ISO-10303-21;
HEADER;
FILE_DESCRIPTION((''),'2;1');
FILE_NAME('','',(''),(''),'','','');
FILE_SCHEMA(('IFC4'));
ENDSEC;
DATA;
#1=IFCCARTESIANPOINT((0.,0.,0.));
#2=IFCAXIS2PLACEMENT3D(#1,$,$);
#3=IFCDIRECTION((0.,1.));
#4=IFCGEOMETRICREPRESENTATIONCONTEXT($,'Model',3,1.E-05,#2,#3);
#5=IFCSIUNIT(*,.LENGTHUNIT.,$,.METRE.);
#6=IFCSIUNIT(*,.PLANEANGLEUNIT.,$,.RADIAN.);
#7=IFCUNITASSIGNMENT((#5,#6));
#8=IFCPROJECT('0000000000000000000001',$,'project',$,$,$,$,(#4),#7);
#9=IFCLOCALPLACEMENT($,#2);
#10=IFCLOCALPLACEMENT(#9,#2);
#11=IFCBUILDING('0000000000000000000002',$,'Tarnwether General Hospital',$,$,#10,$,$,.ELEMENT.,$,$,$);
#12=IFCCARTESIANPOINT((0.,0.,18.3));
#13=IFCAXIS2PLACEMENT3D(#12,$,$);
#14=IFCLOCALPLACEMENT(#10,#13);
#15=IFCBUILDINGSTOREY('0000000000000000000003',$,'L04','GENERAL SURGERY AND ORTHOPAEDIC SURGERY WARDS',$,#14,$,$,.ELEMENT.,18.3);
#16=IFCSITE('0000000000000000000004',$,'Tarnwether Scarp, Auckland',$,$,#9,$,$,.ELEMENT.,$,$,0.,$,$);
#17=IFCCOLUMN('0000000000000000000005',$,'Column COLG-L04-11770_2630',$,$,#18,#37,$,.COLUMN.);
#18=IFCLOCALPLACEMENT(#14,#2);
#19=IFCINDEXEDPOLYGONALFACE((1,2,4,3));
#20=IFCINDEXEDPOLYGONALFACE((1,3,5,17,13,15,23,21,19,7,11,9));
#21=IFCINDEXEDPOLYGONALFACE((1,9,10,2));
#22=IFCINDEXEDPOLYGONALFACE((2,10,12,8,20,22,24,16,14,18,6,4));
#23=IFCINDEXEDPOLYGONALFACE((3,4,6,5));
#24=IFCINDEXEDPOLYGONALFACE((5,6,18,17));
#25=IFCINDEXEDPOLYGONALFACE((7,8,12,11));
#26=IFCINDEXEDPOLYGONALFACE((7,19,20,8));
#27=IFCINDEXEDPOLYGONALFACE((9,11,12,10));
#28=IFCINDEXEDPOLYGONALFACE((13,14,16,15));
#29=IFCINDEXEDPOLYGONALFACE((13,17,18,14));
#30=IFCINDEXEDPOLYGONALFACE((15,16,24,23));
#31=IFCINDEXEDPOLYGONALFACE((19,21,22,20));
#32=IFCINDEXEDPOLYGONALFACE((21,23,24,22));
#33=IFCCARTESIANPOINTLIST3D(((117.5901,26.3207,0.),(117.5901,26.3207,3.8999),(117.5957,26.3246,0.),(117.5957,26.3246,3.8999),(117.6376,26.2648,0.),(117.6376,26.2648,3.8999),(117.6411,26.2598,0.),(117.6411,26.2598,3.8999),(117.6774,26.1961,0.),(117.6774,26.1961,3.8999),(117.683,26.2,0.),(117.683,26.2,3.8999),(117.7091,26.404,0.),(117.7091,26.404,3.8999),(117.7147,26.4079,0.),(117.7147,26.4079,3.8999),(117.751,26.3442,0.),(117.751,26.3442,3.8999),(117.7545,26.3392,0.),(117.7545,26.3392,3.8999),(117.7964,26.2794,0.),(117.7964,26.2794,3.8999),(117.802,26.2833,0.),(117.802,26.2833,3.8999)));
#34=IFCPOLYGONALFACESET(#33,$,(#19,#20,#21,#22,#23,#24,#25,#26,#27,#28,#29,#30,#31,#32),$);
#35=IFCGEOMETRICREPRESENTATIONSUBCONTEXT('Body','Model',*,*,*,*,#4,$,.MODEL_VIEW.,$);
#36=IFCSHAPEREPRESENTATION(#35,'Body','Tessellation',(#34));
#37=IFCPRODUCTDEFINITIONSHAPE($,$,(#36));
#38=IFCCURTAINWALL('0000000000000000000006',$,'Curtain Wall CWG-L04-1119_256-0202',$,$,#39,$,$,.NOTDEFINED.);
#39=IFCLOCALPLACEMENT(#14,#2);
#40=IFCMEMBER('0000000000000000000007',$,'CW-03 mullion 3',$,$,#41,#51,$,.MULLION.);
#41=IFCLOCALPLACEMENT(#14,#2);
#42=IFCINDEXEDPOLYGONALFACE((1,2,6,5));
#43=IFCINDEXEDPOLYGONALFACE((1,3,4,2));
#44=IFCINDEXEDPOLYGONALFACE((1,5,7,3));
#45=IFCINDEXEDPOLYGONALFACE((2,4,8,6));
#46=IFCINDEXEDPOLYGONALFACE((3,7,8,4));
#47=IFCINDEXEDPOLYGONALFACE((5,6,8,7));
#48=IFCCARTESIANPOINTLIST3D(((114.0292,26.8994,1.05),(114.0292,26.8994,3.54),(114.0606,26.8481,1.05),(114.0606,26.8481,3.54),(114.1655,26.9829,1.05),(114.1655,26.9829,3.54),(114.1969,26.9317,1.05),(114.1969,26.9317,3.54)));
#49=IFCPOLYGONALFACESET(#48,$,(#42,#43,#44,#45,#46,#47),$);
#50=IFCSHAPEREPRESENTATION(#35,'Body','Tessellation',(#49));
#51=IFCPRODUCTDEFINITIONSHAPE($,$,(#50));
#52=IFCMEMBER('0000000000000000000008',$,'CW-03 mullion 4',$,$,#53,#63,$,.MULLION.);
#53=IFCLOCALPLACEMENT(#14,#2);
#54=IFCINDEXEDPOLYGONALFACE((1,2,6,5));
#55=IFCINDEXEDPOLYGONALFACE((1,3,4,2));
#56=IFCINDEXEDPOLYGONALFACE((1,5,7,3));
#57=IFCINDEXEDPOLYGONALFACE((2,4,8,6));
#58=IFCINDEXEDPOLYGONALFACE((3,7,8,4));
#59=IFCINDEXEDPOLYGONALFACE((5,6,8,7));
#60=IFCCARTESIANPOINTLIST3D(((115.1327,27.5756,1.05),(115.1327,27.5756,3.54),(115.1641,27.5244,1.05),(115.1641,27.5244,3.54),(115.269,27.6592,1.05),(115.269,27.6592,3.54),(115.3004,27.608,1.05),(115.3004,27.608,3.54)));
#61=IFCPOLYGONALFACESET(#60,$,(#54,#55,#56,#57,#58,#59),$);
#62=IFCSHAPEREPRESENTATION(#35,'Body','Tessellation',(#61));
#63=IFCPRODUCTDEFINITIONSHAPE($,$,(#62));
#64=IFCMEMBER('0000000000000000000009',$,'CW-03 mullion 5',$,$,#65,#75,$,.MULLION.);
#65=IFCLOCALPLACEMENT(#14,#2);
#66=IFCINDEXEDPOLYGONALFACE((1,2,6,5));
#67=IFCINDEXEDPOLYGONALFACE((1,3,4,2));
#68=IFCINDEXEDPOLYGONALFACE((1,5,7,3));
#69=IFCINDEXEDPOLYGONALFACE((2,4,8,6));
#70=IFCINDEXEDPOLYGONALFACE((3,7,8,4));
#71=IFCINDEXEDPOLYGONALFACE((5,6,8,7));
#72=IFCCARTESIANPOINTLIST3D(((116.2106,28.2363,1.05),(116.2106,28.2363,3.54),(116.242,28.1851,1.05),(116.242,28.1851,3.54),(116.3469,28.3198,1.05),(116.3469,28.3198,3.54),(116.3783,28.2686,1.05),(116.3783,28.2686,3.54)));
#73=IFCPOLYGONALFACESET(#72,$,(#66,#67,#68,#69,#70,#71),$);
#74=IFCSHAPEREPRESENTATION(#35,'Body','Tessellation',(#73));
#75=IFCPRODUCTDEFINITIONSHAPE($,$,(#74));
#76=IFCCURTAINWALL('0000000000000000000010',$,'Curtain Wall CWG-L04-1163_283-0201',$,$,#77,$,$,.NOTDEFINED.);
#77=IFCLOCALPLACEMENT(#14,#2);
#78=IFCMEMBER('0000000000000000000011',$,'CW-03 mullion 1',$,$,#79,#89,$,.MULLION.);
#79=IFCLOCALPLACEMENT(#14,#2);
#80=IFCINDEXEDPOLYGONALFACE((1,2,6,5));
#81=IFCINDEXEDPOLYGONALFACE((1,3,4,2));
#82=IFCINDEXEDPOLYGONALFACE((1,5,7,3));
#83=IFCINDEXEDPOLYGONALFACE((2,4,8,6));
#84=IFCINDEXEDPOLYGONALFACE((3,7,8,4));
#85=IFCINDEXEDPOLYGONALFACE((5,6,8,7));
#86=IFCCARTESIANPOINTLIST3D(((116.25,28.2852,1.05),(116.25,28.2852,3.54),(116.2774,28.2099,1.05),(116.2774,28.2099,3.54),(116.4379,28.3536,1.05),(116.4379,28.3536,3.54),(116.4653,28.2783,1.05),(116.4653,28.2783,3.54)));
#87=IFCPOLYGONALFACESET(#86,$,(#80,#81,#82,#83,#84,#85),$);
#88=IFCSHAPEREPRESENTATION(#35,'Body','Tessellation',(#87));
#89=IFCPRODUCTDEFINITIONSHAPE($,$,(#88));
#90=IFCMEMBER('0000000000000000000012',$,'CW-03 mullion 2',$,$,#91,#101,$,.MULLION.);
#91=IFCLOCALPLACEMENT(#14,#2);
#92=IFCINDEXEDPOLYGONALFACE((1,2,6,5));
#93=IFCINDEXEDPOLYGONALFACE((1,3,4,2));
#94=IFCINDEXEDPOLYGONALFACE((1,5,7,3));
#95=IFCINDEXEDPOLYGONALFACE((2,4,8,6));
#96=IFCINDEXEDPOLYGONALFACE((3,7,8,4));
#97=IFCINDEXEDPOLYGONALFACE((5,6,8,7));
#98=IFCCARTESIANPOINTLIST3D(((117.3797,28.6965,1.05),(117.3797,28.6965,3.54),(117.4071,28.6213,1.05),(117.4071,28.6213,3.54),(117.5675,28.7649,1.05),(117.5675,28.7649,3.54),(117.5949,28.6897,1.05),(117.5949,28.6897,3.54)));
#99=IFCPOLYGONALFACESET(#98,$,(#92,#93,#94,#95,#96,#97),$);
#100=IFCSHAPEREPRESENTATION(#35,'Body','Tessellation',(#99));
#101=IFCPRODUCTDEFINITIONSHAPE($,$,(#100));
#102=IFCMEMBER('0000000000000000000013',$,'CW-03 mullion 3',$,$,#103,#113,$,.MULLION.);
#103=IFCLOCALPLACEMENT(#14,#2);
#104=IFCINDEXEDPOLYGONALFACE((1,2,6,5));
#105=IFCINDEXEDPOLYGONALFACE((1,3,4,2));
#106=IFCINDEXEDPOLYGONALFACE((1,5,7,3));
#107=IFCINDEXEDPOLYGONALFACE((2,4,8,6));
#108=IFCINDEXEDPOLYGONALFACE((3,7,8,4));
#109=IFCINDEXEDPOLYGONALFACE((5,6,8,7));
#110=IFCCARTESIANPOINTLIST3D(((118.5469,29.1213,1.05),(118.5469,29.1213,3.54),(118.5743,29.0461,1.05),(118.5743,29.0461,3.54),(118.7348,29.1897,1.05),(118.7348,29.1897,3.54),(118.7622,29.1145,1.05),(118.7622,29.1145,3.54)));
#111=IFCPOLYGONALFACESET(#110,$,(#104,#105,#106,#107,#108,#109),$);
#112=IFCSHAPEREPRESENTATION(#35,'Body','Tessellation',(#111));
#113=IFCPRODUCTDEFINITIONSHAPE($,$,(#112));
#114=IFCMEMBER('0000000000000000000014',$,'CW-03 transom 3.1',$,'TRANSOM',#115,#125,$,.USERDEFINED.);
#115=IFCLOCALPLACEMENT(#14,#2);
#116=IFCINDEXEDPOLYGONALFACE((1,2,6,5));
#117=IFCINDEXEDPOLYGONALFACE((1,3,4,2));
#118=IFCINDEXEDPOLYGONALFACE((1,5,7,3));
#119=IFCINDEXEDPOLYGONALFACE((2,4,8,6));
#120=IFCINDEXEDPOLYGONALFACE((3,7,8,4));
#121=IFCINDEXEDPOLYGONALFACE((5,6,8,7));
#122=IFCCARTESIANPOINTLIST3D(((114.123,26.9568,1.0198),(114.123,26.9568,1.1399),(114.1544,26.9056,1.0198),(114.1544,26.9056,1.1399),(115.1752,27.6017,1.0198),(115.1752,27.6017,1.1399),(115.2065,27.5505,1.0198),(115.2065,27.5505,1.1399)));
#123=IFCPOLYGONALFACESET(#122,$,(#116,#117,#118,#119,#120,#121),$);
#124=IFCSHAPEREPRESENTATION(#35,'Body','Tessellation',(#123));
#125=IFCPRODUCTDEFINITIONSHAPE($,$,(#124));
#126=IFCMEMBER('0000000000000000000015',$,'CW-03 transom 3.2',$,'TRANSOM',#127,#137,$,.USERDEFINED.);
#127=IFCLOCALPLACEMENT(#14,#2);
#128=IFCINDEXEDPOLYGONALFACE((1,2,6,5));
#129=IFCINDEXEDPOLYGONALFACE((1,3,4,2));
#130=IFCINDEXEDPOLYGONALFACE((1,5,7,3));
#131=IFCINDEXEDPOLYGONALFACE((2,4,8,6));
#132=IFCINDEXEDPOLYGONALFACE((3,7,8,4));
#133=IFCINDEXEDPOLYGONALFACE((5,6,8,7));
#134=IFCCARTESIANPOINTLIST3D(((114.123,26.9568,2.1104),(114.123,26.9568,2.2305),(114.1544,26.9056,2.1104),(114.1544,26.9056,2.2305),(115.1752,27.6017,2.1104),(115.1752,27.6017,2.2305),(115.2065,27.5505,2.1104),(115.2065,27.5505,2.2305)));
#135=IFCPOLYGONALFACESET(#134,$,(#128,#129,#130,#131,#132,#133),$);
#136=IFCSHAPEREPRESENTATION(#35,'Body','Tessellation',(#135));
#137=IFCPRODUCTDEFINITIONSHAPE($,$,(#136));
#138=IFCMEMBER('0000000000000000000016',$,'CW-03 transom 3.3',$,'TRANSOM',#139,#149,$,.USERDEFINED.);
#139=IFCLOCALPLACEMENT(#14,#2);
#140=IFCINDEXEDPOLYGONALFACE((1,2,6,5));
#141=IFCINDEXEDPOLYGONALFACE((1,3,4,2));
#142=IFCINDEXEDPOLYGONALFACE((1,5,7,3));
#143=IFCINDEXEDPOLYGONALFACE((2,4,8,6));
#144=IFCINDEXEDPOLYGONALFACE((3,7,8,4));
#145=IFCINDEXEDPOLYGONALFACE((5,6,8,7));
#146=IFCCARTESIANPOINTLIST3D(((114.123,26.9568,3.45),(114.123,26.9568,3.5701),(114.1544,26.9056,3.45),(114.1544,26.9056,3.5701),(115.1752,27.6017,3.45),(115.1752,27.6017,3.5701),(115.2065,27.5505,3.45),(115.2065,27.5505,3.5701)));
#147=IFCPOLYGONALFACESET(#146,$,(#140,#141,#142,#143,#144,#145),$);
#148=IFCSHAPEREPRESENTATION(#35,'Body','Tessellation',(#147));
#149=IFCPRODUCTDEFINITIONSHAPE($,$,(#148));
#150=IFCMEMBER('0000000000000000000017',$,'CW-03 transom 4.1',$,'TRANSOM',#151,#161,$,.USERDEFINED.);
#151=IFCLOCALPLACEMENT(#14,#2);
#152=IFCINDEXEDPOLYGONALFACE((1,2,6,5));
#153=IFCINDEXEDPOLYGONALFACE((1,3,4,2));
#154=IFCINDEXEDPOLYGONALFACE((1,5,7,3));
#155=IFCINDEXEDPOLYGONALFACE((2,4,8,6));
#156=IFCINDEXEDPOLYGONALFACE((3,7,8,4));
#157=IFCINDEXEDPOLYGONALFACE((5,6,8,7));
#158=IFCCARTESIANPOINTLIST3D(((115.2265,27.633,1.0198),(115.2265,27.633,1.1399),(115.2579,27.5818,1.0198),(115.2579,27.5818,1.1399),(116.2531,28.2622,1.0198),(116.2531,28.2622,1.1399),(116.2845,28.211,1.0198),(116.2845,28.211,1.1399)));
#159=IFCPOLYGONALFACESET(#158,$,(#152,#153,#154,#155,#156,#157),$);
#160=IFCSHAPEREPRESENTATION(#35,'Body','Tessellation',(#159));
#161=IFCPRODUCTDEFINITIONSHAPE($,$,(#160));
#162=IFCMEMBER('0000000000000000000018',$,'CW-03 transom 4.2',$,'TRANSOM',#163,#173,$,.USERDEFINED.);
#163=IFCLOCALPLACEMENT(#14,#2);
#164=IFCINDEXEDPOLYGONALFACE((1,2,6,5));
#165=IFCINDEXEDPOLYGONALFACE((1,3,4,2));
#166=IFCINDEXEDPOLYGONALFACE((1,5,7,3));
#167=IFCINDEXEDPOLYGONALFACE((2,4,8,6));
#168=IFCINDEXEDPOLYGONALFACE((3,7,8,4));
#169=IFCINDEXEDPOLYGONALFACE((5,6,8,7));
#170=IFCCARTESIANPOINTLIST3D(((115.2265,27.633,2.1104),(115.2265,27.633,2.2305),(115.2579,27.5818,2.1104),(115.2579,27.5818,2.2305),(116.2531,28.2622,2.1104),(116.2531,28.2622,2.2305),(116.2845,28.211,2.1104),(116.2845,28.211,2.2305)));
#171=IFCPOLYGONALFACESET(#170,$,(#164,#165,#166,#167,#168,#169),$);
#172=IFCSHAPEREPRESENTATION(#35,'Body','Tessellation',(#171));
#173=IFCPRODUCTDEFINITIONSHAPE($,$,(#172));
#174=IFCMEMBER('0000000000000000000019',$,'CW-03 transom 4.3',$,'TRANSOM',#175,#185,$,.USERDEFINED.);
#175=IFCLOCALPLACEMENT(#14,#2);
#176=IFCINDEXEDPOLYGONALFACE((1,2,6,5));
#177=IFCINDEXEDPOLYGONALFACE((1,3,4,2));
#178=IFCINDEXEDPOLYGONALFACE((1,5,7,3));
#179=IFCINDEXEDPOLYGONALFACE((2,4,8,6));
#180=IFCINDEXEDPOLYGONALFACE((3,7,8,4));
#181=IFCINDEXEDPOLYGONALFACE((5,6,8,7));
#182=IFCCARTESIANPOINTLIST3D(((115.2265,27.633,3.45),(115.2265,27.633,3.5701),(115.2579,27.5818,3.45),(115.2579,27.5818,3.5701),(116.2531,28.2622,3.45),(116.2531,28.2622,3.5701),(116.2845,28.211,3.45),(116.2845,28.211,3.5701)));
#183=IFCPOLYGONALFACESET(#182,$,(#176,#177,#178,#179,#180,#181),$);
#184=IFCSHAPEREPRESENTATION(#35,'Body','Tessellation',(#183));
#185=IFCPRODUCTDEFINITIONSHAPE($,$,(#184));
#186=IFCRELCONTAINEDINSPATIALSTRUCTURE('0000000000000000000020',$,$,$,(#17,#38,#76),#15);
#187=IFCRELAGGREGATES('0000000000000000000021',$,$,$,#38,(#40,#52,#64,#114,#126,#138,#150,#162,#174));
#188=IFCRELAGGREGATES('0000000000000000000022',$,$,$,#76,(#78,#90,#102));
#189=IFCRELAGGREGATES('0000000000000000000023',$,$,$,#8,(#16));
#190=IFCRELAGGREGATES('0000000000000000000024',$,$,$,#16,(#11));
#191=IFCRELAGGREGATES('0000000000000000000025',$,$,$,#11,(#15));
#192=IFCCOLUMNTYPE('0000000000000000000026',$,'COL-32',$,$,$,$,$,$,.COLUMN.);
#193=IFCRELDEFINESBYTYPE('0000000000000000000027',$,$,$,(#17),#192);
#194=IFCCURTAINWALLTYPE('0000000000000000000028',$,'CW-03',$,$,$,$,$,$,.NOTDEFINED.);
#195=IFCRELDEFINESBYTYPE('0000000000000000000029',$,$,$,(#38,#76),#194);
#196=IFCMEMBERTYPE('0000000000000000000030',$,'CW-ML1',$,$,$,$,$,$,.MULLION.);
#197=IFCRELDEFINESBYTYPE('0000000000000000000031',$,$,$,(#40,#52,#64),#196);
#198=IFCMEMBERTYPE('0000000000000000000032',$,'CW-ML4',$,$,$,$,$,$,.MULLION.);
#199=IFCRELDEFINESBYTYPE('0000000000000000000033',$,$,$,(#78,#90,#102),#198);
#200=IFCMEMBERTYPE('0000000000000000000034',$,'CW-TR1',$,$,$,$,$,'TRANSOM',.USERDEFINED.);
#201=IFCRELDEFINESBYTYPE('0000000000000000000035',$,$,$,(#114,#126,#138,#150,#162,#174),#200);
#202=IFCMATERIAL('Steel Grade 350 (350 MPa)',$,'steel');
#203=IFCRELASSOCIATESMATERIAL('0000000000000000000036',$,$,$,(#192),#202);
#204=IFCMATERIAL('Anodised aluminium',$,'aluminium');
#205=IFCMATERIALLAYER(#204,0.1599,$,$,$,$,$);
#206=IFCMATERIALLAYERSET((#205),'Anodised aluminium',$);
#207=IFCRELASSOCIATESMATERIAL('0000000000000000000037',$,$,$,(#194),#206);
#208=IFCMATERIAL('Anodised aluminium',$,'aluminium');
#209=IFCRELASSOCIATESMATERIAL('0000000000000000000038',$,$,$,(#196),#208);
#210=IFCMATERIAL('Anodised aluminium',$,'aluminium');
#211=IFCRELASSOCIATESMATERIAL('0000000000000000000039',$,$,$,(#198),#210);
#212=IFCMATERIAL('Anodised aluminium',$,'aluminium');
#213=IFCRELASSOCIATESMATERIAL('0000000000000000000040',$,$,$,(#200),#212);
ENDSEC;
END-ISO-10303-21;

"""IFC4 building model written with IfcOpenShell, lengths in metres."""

from ifc_helpers import new_model, si_unit, direction, frame, origin, origin_2d, place, context, subcontext, project, spatial, rectangle, i_section, extrude, material, layer, layer_set, material_profile, profile_set, type_object, element, aggregate, save


model = new_model("IFC4")

# Units and contexts
model_context = context("Model", 3, precision=1e-05, world=origin(), true_north=direction((0.0, 1.0)))
body_context = subcontext(model_context, "Body", "Model", "MODEL_VIEW")
ifc_project = project(units=[si_unit("LENGTHUNIT", "METRE"), si_unit("PLANEANGLEUNIT", "RADIAN")], contexts=[model_context])

# Site, building, storey
site_placement = place(None, origin())
site = spatial("IfcSite", under=ifc_project, at=site_placement, Name="Tarnwether Scarp, Auckland", CompositionType="ELEMENT", RefElevation=0.0)
building_placement = place(site_placement, origin())
building = spatial("IfcBuilding", under=site, at=building_placement, Name="Tarnwether General Hospital", CompositionType="ELEMENT")
storey_placement = place(building_placement, frame((0.0, 0.0, 18.3)))
storey = spatial("IfcBuildingStorey", under=building, at=storey_placement, Name="L04", Description="GENERAL SURGERY AND ORTHOPAEDIC SURGERY WARDS", CompositionType="ELEMENT", Elevation=18.3)

# Column
ifc_material_1 = material(Name="Steel Grade 350 (350 MPa)", Category="steel")
ifc_material_profile_1 = material_profile(ifc_material_1, i_section(OverallWidth=0.1521, OverallDepth=0.1521, WebThickness=0.0061, FlangeThickness=0.0068, at=origin_2d()), Name="150UC23.4")
ifc_profile_set_1 = profile_set([ifc_material_profile_1], Name="Steel Grade 350 (350 MPa)")
column_type = type_object("IfcColumnType", Name="COL-32", PredefinedType="COLUMN", material=ifc_profile_set_1)
column_placement = place(storey_placement, frame((117.696, 26.302, 0.0), z_axis=(0.0, 0.0, 1.0), x_axis=(-0.573576, 0.819152, 0.0)))
element("IfcColumn", 1, at=column_placement, inside=storey, type_object=column_type, Name="Column COLG-L04-11770_2630", PredefinedType="COLUMN", context=body_context, shape_type="SweptSolid", body=[
    extrude(i_section(OverallWidth=0.1521, OverallDepth=0.1521, WebThickness=0.0061, FlangeThickness=0.0068, at=origin_2d()), origin(), (0.0, 0.0, 1.0), 3.8999),
])

# Curtain walls, members
ifc_material_2 = material(Name="Anodised aluminium", Category="aluminium")
ifc_layer_1 = layer(ifc_material_2, 0.1599)
ifc_layer_set_1 = layer_set([ifc_layer_1], Name="Anodised aluminium")
curtain_wall_type = type_object("IfcCurtainWallType", Name="CW-03", PredefinedType="NOTDEFINED", material=ifc_layer_set_1)
curtain_wall_1_placement = place(storey_placement, origin())
curtain_wall_1 = element("IfcCurtainWall", 2, at=curtain_wall_1_placement, inside=storey, type_object=curtain_wall_type, Name="Curtain Wall CWG-L04-1119_256-0202", PredefinedType="NOTDEFINED")
ifc_material_3 = material(Name="Anodised aluminium", Category="aluminium")
ifc_material_profile_2 = material_profile(ifc_material_3, rectangle(XDim=0.0601, YDim=0.1599, at=origin_2d()), Name="ALU-MUL-60x160")
ifc_profile_set_2 = profile_set([ifc_material_profile_2], Name="Anodised aluminium")
member_type_1 = type_object("IfcMemberType", Name="CW-ML1", PredefinedType="MULLION", material=ifc_profile_set_2)
member_1_placement = place(storey_placement, frame((114.113, 26.9155, 1.05), z_axis=(0.0, 0.0, 1.0), x_axis=(-0.522512, 0.852632, 0.0)))
member_1 = element("IfcMember", 3, at=member_1_placement, type_object=member_type_1, Name="CW-03 mullion 3", PredefinedType="MULLION", context=body_context, shape_type="SweptSolid", body=[
    extrude(rectangle(XDim=0.0601, YDim=0.1599, at=origin_2d()), origin(), (0.0, 0.0, 1.0), 2.49),
])
member_2_placement = place(storey_placement, frame((115.2166, 27.5918, 1.05), z_axis=(0.0, 0.0, 1.0), x_axis=(-0.522512, 0.852632, 0.0)))
member_2 = element("IfcMember", 4, at=member_2_placement, type_object=member_type_1, Name="CW-03 mullion 4", PredefinedType="MULLION", context=body_context, shape_type="SweptSolid", body=[
    extrude(rectangle(XDim=0.0601, YDim=0.1599, at=origin_2d()), origin(), (0.0, 0.0, 1.0), 2.49),
])
member_3_placement = place(storey_placement, frame((116.2944, 28.2524, 1.05), z_axis=(0.0, 0.0, 1.0), x_axis=(-0.522512, 0.852632, 0.0)))
member_3 = element("IfcMember", 5, at=member_3_placement, type_object=member_type_1, Name="CW-03 mullion 5", PredefinedType="MULLION", context=body_context, shape_type="SweptSolid", body=[
    extrude(rectangle(XDim=0.0601, YDim=0.1599, at=origin_2d()), origin(), (0.0, 0.0, 1.0), 2.49),
])
curtain_wall_2_placement = place(storey_placement, origin())
curtain_wall_2 = element("IfcCurtainWall", 6, at=curtain_wall_2_placement, inside=storey, type_object=curtain_wall_type, Name="Curtain Wall CWG-L04-1163_283-0201", PredefinedType="NOTDEFINED")
ifc_material_4 = material(Name="Anodised aluminium", Category="aluminium")
ifc_material_profile_3 = material_profile(ifc_material_4, rectangle(XDim=0.0801, YDim=0.2, at=origin_2d()), Name="ALU-MUL-80x200")
ifc_profile_set_3 = profile_set([ifc_material_profile_3], Name="Anodised aluminium")
member_type_2 = type_object("IfcMemberType", Name="CW-ML4", PredefinedType="MULLION", material=ifc_profile_set_3)
member_4_placement = place(storey_placement, frame((116.3577, 28.2817, 1.05), z_axis=(0.0, 0.0, 1.0), x_axis=(-0.342131, 0.939652, 0.0)))
member_4 = element("IfcMember", 7, at=member_4_placement, type_object=member_type_2, Name="CW-03 mullion 1", PredefinedType="MULLION", context=body_context, shape_type="SweptSolid", body=[
    extrude(rectangle(XDim=0.0801, YDim=0.2, at=origin_2d()), origin(), (0.0, 0.0, 1.0), 2.49),
])
member_5_placement = place(storey_placement, frame((117.4873, 28.6931, 1.05), z_axis=(0.0, 0.0, 1.0), x_axis=(-0.342131, 0.939652, 0.0)))
member_5 = element("IfcMember", 8, at=member_5_placement, type_object=member_type_2, Name="CW-03 mullion 2", PredefinedType="MULLION", context=body_context, shape_type="SweptSolid", body=[
    extrude(rectangle(XDim=0.0801, YDim=0.2, at=origin_2d()), origin(), (0.0, 0.0, 1.0), 2.49),
])
member_6_placement = place(storey_placement, frame((118.6545, 29.1179, 1.05), z_axis=(0.0, 0.0, 1.0), x_axis=(-0.342131, 0.939652, 0.0)))
member_6 = element("IfcMember", 9, at=member_6_placement, type_object=member_type_2, Name="CW-03 mullion 3", PredefinedType="MULLION", context=body_context, shape_type="SweptSolid", body=[
    extrude(rectangle(XDim=0.0801, YDim=0.2, at=origin_2d()), origin(), (0.0, 0.0, 1.0), 2.49),
])

# Members
ifc_material_5 = material(Name="Anodised aluminium", Category="aluminium")
ifc_material_profile_4 = material_profile(ifc_material_5, rectangle(XDim=0.0601, YDim=0.1201, at=origin_2d()), Name="ALU-TRN-60x120")
ifc_profile_set_4 = profile_set([ifc_material_profile_4], Name="Anodised aluminium")
member_type_3 = type_object("IfcMemberType", Name="CW-TR1", ElementType="TRANSOM", PredefinedType="USERDEFINED", material=ifc_profile_set_4)
member_7_placement = place(storey_placement, frame((114.1387, 26.9312, 1.0798), z_axis=(0.852567, 0.522618, 0.0), x_axis=(-0.522618, 0.852567, 0.0)))
member_7 = element("IfcMember", 10, at=member_7_placement, type_object=member_type_3, Name="CW-03 transom 3.1", ObjectType="TRANSOM", PredefinedType="USERDEFINED", context=body_context, shape_type="SweptSolid", body=[
    extrude(rectangle(XDim=0.0601, YDim=0.1201, at=origin_2d()), origin(), (0.0, 0.0, 1.0), 1.2341),
])
member_8_placement = place(storey_placement, frame((114.1387, 26.9312, 2.1704), z_axis=(0.852567, 0.522618, 0.0), x_axis=(-0.522618, 0.852567, 0.0)))
member_8 = element("IfcMember", 11, at=member_8_placement, type_object=member_type_3, Name="CW-03 transom 3.2", ObjectType="TRANSOM", PredefinedType="USERDEFINED", context=body_context, shape_type="SweptSolid", body=[
    extrude(rectangle(XDim=0.0601, YDim=0.1201, at=origin_2d()), origin(), (0.0, 0.0, 1.0), 1.2341),
])
member_9_placement = place(storey_placement, frame((114.1387, 26.9312, 3.51), z_axis=(0.852567, 0.522618, 0.0), x_axis=(-0.522618, 0.852567, 0.0)))
member_9 = element("IfcMember", 12, at=member_9_placement, type_object=member_type_3, Name="CW-03 transom 3.3", ObjectType="TRANSOM", PredefinedType="USERDEFINED", context=body_context, shape_type="SweptSolid", body=[
    extrude(rectangle(XDim=0.0601, YDim=0.1201, at=origin_2d()), origin(), (0.0, 0.0, 1.0), 1.2341),
])
member_10_placement = place(storey_placement, frame((115.2422, 27.6074, 1.0798), z_axis=(0.852625, 0.522524, 0.0), x_axis=(-0.522524, 0.852625, 0.0)))
member_10 = element("IfcMember", 13, at=member_10_placement, type_object=member_type_3, Name="CW-03 transom 4.1", ObjectType="TRANSOM", PredefinedType="USERDEFINED", context=body_context, shape_type="SweptSolid", body=[
    extrude(rectangle(XDim=0.0601, YDim=0.1201, at=origin_2d()), origin(), (0.0, 0.0, 1.0), 1.2041),
])
member_11_placement = place(storey_placement, frame((115.2422, 27.6074, 2.1704), z_axis=(0.852625, 0.522524, 0.0), x_axis=(-0.522524, 0.852625, 0.0)))
member_11 = element("IfcMember", 14, at=member_11_placement, type_object=member_type_3, Name="CW-03 transom 4.2", ObjectType="TRANSOM", PredefinedType="USERDEFINED", context=body_context, shape_type="SweptSolid", body=[
    extrude(rectangle(XDim=0.0601, YDim=0.1201, at=origin_2d()), origin(), (0.0, 0.0, 1.0), 1.2041),
])
member_12_placement = place(storey_placement, frame((115.2422, 27.6074, 3.51), z_axis=(0.852625, 0.522524, 0.0), x_axis=(-0.522524, 0.852625, 0.0)))
member_12 = element("IfcMember", 15, at=member_12_placement, type_object=member_type_3, Name="CW-03 transom 4.3", ObjectType="TRANSOM", PredefinedType="USERDEFINED", context=body_context, shape_type="SweptSolid", body=[
    extrude(rectangle(XDim=0.0601, YDim=0.1201, at=origin_2d()), origin(), (0.0, 0.0, 1.0), 1.2041),
])

aggregate(curtain_wall_1, [member_1, member_2, member_3, member_7, member_8, member_9, member_10, member_11, member_12])
aggregate(curtain_wall_2, [member_4, member_5, member_6])

save(model, "model.ifc")
